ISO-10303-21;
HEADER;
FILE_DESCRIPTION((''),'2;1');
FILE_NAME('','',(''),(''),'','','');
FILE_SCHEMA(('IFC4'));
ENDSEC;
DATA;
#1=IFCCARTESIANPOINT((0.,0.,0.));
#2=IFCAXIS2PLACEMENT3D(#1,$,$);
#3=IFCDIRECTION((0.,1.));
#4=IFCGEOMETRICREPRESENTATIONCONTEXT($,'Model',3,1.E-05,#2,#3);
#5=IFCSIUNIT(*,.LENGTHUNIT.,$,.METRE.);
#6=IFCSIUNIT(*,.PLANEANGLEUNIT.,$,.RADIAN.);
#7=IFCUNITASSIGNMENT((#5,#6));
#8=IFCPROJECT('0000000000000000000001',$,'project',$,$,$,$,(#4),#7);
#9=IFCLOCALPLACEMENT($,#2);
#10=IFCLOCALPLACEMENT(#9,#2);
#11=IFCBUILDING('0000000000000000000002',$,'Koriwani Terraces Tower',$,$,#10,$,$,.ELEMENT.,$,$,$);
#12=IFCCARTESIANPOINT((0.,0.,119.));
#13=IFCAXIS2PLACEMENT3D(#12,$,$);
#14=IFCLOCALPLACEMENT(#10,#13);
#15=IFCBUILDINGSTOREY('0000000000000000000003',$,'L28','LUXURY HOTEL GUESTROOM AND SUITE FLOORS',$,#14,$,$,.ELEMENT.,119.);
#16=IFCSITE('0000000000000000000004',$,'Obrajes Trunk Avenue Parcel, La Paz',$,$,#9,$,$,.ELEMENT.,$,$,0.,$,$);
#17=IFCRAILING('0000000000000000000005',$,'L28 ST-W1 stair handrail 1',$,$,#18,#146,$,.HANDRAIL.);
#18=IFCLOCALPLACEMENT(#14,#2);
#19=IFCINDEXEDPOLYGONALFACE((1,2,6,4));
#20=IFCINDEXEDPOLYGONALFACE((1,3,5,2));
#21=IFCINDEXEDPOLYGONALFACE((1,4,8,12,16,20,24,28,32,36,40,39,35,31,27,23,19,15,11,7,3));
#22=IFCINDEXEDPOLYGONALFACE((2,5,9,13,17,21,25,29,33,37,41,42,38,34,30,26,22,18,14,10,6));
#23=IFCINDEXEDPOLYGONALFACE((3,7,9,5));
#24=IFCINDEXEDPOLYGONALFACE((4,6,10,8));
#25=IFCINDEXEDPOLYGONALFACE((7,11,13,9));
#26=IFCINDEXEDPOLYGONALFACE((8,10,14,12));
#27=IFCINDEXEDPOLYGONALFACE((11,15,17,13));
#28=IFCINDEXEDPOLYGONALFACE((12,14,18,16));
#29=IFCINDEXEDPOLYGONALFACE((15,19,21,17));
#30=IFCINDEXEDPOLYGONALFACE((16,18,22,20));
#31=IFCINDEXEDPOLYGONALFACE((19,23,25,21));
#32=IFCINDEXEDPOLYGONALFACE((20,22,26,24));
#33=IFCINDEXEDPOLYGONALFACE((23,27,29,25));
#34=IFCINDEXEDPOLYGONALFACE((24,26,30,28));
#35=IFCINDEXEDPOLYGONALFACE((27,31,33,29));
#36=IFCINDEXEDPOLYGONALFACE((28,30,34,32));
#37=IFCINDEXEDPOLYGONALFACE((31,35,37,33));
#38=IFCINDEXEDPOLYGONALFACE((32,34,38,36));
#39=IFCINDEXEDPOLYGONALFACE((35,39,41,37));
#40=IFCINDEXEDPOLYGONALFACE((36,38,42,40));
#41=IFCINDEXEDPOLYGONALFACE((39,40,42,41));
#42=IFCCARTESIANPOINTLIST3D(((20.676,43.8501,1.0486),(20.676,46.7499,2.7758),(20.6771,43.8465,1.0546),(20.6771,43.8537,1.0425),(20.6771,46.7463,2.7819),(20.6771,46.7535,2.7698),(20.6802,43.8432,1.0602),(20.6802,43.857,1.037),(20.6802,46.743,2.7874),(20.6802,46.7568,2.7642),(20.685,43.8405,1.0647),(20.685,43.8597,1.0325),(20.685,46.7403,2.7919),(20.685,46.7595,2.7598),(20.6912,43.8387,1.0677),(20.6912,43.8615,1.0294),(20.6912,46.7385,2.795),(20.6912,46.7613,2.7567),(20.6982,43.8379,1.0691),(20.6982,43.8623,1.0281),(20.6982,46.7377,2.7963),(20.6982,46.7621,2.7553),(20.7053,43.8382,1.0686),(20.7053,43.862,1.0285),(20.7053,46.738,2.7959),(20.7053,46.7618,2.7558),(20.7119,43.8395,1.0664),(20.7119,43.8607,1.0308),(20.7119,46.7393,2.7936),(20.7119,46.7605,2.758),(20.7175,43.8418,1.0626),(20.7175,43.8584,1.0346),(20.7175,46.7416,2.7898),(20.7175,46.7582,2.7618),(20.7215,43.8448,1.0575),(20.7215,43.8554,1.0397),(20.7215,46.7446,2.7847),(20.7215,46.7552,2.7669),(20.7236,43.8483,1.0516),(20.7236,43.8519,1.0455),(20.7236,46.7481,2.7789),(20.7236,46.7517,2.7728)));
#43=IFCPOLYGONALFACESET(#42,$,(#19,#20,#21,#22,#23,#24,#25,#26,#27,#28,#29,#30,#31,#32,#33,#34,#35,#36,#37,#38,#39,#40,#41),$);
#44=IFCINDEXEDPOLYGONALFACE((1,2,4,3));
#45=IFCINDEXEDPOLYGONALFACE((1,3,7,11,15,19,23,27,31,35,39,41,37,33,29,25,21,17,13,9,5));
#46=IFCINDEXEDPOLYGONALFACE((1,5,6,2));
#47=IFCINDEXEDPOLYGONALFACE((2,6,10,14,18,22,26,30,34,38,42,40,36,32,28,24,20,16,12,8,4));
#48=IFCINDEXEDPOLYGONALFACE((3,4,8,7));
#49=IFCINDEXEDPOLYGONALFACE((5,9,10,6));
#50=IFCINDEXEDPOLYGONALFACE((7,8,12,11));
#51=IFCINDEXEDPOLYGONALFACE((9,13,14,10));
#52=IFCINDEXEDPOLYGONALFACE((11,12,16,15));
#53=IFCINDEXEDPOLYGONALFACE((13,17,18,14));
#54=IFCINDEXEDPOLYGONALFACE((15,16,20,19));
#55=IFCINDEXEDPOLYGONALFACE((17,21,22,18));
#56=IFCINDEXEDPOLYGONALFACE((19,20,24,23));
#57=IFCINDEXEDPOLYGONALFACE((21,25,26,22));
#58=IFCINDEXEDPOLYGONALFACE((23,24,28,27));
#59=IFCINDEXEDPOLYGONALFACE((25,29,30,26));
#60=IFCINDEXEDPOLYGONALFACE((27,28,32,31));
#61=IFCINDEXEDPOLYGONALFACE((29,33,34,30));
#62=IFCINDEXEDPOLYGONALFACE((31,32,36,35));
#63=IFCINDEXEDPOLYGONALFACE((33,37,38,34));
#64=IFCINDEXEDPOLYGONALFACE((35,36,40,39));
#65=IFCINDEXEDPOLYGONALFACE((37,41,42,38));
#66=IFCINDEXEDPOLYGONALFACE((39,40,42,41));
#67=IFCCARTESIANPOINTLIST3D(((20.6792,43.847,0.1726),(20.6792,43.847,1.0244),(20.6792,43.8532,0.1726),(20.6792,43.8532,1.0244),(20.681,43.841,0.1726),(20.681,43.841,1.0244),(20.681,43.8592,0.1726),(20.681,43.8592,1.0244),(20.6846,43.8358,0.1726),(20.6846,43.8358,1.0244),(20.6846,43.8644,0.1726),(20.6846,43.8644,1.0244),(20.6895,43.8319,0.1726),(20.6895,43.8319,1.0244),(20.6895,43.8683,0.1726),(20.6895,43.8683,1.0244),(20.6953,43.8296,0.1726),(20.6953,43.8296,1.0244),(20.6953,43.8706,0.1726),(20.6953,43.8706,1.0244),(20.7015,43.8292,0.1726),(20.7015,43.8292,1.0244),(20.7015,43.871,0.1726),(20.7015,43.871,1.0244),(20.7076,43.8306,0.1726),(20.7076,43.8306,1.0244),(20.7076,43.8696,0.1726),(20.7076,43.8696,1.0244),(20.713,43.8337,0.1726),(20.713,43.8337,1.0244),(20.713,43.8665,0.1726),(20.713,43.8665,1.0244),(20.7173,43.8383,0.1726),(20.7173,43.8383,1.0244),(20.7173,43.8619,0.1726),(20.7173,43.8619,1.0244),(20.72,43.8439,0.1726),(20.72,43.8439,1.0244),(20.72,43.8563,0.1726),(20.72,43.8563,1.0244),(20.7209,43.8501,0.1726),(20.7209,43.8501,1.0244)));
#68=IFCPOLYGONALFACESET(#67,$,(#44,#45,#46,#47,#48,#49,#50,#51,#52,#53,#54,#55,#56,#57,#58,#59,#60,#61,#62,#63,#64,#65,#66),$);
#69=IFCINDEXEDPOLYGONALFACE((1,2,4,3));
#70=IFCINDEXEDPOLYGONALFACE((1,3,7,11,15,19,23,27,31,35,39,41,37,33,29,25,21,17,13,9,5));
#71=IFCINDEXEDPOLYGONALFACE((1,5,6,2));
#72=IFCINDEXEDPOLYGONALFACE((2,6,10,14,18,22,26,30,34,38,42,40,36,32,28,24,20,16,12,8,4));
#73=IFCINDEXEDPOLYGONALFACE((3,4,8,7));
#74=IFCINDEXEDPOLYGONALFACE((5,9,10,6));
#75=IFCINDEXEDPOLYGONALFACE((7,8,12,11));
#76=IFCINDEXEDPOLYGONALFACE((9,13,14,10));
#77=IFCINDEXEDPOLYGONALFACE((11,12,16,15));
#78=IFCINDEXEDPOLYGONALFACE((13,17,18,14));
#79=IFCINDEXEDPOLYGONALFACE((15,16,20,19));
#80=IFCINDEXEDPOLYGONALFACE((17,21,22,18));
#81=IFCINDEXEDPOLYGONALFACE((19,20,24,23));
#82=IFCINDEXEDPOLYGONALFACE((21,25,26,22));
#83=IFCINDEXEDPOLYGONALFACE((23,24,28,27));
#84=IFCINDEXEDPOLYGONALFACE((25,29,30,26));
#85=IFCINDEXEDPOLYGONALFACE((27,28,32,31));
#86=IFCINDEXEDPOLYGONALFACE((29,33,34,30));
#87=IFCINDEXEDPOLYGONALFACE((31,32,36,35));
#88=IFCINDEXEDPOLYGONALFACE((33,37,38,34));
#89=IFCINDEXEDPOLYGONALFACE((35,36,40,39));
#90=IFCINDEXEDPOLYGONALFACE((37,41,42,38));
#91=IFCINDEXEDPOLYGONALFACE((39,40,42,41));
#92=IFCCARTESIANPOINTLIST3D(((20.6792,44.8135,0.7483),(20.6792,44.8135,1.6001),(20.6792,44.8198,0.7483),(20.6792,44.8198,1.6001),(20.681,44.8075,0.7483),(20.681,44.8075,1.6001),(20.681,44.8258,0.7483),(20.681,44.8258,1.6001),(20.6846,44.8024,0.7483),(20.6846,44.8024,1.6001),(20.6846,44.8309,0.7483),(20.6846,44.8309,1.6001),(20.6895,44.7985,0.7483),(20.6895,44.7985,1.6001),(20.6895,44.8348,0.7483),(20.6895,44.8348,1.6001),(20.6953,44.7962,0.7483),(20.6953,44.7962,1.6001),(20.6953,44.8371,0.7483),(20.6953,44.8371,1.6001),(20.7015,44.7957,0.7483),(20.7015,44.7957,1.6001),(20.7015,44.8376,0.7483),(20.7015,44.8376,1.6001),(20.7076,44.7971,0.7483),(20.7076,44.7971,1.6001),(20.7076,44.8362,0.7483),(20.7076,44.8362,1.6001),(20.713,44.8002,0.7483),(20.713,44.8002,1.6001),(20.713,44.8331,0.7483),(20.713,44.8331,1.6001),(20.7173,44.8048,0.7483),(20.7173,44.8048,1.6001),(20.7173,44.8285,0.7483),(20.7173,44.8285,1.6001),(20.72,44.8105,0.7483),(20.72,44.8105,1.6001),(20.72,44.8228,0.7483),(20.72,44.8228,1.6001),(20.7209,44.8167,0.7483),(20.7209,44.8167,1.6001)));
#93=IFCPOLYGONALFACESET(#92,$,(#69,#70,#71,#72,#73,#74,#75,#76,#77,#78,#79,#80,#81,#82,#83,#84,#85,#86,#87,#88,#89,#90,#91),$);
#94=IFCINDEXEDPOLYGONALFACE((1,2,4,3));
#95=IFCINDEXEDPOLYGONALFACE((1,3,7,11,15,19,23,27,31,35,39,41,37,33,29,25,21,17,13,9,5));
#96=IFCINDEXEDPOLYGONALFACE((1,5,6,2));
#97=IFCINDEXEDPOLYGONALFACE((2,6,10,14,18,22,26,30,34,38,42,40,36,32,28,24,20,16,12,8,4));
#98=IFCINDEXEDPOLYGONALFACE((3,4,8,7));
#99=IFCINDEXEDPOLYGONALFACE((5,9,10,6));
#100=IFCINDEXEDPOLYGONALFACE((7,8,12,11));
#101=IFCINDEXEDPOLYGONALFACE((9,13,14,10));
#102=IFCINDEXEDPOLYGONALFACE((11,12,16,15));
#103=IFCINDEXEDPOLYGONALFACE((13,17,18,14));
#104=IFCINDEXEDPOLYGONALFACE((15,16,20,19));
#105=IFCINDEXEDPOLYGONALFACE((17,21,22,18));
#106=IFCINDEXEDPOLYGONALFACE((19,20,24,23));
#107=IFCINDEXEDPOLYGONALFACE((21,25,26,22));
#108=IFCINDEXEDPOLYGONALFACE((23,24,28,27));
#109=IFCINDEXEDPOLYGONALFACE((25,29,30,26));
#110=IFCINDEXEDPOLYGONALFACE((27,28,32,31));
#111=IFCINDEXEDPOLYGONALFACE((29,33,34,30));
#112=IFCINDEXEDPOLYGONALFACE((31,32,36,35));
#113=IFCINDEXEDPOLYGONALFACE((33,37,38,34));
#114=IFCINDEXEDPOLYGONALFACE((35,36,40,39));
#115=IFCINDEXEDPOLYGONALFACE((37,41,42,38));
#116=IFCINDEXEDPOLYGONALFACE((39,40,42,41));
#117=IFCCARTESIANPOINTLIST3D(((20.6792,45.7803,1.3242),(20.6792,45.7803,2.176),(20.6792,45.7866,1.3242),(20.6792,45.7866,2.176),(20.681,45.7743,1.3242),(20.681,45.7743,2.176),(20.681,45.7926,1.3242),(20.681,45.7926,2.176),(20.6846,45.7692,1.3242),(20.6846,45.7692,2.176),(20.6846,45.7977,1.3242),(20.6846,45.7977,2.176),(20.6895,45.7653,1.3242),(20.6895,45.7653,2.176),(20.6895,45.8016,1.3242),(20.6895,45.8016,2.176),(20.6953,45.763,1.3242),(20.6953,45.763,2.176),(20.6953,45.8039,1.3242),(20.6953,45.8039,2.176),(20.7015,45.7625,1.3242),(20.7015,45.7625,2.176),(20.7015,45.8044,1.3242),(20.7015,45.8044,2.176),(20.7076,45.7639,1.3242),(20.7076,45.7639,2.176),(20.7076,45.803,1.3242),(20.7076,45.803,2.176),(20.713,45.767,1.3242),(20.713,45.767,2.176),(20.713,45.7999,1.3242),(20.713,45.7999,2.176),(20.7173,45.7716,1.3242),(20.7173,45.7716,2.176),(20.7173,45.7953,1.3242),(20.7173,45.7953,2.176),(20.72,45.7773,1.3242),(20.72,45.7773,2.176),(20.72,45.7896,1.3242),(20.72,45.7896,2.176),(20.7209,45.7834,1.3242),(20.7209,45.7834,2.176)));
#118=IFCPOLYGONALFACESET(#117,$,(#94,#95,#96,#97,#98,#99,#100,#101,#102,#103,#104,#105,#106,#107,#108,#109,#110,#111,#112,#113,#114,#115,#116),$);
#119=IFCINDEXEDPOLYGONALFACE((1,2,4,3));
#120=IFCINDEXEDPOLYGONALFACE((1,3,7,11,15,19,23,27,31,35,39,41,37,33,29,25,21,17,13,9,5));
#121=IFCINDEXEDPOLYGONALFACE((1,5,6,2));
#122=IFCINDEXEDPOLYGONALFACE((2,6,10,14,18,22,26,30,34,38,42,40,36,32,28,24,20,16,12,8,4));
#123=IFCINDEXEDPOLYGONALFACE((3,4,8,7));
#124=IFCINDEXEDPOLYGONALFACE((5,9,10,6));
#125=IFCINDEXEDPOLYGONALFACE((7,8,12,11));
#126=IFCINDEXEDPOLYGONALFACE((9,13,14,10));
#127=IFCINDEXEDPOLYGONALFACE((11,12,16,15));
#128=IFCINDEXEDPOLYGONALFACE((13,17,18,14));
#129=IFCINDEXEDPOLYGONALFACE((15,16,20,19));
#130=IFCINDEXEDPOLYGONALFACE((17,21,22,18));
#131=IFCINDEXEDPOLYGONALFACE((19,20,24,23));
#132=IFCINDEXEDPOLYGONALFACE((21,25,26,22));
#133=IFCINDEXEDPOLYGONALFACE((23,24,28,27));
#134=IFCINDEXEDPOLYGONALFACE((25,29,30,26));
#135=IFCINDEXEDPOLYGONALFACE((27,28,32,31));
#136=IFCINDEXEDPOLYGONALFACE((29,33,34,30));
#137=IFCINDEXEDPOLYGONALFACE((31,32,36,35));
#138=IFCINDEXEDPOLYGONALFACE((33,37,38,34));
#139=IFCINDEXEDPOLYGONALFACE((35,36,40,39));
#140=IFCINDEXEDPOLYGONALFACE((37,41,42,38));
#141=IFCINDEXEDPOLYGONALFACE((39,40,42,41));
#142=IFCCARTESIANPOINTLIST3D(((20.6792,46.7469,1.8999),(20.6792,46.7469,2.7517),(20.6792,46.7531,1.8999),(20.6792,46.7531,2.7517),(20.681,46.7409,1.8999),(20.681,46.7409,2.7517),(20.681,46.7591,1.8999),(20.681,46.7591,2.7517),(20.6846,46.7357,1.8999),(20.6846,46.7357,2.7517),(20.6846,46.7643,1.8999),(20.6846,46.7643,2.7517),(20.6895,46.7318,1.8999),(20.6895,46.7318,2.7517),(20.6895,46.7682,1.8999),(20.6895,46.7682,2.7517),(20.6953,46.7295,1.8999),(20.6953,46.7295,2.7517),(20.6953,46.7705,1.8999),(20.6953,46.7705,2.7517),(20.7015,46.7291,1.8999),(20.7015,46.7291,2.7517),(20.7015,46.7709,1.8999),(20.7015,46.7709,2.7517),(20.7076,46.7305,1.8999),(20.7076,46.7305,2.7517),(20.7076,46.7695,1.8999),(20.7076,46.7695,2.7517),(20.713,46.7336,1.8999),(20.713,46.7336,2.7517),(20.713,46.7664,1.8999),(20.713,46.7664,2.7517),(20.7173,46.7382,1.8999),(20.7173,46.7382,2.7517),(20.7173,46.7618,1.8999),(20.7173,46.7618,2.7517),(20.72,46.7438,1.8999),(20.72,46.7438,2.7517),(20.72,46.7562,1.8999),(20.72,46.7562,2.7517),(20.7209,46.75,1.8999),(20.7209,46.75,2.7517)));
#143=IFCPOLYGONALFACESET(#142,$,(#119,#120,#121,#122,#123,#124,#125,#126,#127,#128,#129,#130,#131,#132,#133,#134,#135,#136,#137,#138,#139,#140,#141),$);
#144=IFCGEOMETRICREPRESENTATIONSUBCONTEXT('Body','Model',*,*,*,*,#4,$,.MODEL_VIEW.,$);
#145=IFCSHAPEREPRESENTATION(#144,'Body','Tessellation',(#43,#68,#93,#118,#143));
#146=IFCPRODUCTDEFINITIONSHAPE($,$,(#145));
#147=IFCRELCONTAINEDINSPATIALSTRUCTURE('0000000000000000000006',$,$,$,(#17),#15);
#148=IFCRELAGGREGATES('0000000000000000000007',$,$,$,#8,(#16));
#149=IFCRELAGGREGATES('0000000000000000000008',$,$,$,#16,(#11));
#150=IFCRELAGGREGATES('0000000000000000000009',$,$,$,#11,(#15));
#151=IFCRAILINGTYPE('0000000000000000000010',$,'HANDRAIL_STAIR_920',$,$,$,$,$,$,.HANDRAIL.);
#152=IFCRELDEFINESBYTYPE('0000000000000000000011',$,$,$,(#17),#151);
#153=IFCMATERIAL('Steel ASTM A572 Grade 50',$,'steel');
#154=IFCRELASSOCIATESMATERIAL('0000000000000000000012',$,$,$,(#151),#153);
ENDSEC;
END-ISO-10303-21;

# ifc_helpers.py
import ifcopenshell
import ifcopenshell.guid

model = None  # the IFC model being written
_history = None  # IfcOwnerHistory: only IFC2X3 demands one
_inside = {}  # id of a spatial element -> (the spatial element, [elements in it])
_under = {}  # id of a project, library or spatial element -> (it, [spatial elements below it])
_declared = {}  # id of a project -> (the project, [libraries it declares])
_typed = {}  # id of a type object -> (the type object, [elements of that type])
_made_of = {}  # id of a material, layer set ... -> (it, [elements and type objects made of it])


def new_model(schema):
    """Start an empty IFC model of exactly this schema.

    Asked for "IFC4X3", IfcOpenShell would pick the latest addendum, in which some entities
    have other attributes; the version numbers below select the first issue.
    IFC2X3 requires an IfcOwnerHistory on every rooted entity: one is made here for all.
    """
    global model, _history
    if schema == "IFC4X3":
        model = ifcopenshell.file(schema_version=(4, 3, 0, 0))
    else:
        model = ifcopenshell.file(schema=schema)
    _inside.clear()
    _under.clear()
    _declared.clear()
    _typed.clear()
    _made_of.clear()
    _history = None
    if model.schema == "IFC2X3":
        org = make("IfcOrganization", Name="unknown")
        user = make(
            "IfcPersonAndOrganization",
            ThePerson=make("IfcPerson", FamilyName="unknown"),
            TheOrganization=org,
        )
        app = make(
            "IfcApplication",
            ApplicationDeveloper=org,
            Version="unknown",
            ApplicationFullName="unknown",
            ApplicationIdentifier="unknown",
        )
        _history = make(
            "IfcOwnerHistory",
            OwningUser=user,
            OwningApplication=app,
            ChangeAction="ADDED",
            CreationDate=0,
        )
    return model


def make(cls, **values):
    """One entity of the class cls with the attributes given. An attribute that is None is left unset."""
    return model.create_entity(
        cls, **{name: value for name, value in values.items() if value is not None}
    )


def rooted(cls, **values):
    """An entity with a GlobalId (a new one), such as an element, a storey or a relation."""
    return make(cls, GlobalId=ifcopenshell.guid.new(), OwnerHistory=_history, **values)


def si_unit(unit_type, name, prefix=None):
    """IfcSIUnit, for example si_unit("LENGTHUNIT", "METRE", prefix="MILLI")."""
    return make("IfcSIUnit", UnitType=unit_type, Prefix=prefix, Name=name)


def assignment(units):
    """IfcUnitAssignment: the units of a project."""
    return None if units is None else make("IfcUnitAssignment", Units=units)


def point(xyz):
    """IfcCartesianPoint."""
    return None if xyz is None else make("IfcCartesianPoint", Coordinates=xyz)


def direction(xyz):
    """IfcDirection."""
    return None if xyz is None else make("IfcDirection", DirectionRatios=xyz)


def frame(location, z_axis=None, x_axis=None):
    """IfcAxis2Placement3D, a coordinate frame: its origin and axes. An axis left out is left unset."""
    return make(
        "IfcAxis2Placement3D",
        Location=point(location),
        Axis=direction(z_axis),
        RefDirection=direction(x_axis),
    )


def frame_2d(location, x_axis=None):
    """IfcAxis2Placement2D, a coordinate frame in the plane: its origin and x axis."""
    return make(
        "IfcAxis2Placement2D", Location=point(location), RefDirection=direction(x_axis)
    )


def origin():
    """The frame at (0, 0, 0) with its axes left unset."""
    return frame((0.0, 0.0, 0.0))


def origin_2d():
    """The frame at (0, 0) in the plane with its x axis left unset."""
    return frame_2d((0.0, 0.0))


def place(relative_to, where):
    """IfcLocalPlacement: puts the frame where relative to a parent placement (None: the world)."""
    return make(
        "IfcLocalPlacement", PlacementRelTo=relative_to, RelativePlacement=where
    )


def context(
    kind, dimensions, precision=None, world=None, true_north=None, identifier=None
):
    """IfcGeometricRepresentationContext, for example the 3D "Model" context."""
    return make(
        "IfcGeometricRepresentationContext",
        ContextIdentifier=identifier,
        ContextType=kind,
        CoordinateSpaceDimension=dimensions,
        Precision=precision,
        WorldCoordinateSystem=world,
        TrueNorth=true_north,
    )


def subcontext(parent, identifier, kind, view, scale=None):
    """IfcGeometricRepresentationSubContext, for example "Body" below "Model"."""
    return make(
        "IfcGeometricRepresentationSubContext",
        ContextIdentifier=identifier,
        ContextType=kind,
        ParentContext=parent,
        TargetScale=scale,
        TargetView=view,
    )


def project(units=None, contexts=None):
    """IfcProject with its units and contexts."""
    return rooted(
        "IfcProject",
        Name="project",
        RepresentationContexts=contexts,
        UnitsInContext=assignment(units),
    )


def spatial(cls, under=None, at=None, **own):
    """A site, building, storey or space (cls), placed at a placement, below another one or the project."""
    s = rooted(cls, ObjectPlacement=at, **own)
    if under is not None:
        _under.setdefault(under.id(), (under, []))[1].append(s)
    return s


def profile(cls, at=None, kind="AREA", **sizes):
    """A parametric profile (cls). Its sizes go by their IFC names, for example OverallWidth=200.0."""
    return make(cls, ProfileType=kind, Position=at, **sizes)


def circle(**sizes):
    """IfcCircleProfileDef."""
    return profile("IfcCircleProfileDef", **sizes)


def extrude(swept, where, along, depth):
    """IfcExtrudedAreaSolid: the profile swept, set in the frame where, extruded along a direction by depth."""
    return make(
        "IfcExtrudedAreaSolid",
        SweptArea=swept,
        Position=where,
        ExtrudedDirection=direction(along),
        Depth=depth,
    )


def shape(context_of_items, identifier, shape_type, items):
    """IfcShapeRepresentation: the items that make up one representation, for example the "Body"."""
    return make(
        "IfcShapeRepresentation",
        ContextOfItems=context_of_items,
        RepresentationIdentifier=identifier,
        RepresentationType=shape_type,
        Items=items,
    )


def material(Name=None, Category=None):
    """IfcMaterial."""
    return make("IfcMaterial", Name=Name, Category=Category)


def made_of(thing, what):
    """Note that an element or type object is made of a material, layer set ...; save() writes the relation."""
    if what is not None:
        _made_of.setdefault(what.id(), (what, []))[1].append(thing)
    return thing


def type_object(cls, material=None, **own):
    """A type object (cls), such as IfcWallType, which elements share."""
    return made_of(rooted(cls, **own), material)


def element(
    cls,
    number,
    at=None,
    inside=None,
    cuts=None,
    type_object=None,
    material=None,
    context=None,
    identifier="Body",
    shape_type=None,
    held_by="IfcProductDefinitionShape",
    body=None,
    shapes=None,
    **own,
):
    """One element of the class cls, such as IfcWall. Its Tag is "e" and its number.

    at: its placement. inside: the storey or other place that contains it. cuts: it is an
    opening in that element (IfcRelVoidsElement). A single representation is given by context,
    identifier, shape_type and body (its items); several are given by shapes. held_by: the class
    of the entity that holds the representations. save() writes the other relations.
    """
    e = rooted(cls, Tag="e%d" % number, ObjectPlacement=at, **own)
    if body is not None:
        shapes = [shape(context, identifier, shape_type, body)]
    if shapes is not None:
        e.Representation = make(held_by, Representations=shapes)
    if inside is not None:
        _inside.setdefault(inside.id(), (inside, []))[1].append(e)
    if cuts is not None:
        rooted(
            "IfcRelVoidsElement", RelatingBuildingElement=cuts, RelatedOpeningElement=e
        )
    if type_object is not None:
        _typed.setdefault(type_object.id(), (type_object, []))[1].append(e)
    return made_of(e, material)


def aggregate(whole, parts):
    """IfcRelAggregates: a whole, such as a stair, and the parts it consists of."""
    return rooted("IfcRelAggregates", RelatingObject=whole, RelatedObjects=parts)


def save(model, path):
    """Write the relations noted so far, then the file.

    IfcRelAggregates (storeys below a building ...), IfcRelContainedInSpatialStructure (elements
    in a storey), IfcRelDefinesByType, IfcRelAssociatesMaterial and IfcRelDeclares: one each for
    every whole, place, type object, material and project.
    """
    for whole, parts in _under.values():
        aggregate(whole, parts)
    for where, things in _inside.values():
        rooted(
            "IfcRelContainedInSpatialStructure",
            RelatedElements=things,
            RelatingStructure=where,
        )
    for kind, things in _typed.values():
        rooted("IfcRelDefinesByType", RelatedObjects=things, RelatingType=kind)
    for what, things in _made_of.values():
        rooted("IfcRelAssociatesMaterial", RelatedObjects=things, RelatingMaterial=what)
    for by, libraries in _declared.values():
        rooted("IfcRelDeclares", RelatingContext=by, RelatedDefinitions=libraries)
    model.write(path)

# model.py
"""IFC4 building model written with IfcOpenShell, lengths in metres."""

from ifc_helpers import new_model, si_unit, direction, frame, origin, origin_2d, place, context, subcontext, project, spatial, circle, extrude, material, type_object, element, save


model = new_model("IFC4")

# Units and contexts
model_context = context("Model", 3, precision=1e-05, world=origin(), true_north=direction((0.0, 1.0)))
body_context = subcontext(model_context, "Body", "Model", "MODEL_VIEW")
ifc_project = project(units=[si_unit("LENGTHUNIT", "METRE"), si_unit("PLANEANGLEUNIT", "RADIAN")], contexts=[model_context])

# Site, building, storey
site_placement = place(None, origin())
site = spatial("IfcSite", under=ifc_project, at=site_placement, Name="Obrajes Trunk Avenue Parcel, La Paz", CompositionType="ELEMENT", RefElevation=0.0)
building_placement = place(site_placement, origin())
building = spatial("IfcBuilding", under=site, at=building_placement, Name="Koriwani Terraces Tower", CompositionType="ELEMENT")
storey_placement = place(building_placement, frame((0.0, 0.0, 119.0)))
storey = spatial("IfcBuildingStorey", under=building, at=storey_placement, Name="L28", Description="LUXURY HOTEL GUESTROOM AND SUITE FLOORS", CompositionType="ELEMENT", Elevation=119.0)

# Shared definitions
ifc_material_1 = material(Name="Steel ASTM A572 Grade 50", Category="steel")

# Railing
railing_type = type_object("IfcRailingType", Name="HANDRAIL_STAIR_920", PredefinedType="HANDRAIL", material=ifc_material_1)
for number, where, name in (
    (1, (20.7, 43.8501, 0.1726), "L28 ST-W1 stair handrail 1"),
):
    element("IfcRailing", number, at=place(storey_placement, frame(where)), inside=storey, type_object=railing_type, Name=name, PredefinedType="HANDRAIL", context=body_context, shape_type="SweptSolid", body=[
        extrude(circle(Radius=0.0239, at=origin_2d()), frame((0.0, 0.0, 0.876), z_axis=(0.0, 0.859141, 0.511738), x_axis=(-1.0, 0.0, 0.0)), (0.0, 0.0, 1.0), 3.3752),
        extrude(circle(Radius=0.021, at=origin_2d()), origin(), (0.0, 0.0, 1.0), 0.8518),
        extrude(circle(Radius=0.021, at=origin_2d()), frame((0.0, 0.9666, 0.5757)), (0.0, 0.0, 1.0), 0.8518),
        extrude(circle(Radius=0.021, at=origin_2d()), frame((0.0, 1.9333, 1.1516)), (0.0, 0.0, 1.0), 0.8518),
        extrude(circle(Radius=0.021, at=origin_2d()), frame((0.0, 2.8999, 1.7273)), (0.0, 0.0, 1.0), 0.8518),
    ])

save(model, "model.ifc")
